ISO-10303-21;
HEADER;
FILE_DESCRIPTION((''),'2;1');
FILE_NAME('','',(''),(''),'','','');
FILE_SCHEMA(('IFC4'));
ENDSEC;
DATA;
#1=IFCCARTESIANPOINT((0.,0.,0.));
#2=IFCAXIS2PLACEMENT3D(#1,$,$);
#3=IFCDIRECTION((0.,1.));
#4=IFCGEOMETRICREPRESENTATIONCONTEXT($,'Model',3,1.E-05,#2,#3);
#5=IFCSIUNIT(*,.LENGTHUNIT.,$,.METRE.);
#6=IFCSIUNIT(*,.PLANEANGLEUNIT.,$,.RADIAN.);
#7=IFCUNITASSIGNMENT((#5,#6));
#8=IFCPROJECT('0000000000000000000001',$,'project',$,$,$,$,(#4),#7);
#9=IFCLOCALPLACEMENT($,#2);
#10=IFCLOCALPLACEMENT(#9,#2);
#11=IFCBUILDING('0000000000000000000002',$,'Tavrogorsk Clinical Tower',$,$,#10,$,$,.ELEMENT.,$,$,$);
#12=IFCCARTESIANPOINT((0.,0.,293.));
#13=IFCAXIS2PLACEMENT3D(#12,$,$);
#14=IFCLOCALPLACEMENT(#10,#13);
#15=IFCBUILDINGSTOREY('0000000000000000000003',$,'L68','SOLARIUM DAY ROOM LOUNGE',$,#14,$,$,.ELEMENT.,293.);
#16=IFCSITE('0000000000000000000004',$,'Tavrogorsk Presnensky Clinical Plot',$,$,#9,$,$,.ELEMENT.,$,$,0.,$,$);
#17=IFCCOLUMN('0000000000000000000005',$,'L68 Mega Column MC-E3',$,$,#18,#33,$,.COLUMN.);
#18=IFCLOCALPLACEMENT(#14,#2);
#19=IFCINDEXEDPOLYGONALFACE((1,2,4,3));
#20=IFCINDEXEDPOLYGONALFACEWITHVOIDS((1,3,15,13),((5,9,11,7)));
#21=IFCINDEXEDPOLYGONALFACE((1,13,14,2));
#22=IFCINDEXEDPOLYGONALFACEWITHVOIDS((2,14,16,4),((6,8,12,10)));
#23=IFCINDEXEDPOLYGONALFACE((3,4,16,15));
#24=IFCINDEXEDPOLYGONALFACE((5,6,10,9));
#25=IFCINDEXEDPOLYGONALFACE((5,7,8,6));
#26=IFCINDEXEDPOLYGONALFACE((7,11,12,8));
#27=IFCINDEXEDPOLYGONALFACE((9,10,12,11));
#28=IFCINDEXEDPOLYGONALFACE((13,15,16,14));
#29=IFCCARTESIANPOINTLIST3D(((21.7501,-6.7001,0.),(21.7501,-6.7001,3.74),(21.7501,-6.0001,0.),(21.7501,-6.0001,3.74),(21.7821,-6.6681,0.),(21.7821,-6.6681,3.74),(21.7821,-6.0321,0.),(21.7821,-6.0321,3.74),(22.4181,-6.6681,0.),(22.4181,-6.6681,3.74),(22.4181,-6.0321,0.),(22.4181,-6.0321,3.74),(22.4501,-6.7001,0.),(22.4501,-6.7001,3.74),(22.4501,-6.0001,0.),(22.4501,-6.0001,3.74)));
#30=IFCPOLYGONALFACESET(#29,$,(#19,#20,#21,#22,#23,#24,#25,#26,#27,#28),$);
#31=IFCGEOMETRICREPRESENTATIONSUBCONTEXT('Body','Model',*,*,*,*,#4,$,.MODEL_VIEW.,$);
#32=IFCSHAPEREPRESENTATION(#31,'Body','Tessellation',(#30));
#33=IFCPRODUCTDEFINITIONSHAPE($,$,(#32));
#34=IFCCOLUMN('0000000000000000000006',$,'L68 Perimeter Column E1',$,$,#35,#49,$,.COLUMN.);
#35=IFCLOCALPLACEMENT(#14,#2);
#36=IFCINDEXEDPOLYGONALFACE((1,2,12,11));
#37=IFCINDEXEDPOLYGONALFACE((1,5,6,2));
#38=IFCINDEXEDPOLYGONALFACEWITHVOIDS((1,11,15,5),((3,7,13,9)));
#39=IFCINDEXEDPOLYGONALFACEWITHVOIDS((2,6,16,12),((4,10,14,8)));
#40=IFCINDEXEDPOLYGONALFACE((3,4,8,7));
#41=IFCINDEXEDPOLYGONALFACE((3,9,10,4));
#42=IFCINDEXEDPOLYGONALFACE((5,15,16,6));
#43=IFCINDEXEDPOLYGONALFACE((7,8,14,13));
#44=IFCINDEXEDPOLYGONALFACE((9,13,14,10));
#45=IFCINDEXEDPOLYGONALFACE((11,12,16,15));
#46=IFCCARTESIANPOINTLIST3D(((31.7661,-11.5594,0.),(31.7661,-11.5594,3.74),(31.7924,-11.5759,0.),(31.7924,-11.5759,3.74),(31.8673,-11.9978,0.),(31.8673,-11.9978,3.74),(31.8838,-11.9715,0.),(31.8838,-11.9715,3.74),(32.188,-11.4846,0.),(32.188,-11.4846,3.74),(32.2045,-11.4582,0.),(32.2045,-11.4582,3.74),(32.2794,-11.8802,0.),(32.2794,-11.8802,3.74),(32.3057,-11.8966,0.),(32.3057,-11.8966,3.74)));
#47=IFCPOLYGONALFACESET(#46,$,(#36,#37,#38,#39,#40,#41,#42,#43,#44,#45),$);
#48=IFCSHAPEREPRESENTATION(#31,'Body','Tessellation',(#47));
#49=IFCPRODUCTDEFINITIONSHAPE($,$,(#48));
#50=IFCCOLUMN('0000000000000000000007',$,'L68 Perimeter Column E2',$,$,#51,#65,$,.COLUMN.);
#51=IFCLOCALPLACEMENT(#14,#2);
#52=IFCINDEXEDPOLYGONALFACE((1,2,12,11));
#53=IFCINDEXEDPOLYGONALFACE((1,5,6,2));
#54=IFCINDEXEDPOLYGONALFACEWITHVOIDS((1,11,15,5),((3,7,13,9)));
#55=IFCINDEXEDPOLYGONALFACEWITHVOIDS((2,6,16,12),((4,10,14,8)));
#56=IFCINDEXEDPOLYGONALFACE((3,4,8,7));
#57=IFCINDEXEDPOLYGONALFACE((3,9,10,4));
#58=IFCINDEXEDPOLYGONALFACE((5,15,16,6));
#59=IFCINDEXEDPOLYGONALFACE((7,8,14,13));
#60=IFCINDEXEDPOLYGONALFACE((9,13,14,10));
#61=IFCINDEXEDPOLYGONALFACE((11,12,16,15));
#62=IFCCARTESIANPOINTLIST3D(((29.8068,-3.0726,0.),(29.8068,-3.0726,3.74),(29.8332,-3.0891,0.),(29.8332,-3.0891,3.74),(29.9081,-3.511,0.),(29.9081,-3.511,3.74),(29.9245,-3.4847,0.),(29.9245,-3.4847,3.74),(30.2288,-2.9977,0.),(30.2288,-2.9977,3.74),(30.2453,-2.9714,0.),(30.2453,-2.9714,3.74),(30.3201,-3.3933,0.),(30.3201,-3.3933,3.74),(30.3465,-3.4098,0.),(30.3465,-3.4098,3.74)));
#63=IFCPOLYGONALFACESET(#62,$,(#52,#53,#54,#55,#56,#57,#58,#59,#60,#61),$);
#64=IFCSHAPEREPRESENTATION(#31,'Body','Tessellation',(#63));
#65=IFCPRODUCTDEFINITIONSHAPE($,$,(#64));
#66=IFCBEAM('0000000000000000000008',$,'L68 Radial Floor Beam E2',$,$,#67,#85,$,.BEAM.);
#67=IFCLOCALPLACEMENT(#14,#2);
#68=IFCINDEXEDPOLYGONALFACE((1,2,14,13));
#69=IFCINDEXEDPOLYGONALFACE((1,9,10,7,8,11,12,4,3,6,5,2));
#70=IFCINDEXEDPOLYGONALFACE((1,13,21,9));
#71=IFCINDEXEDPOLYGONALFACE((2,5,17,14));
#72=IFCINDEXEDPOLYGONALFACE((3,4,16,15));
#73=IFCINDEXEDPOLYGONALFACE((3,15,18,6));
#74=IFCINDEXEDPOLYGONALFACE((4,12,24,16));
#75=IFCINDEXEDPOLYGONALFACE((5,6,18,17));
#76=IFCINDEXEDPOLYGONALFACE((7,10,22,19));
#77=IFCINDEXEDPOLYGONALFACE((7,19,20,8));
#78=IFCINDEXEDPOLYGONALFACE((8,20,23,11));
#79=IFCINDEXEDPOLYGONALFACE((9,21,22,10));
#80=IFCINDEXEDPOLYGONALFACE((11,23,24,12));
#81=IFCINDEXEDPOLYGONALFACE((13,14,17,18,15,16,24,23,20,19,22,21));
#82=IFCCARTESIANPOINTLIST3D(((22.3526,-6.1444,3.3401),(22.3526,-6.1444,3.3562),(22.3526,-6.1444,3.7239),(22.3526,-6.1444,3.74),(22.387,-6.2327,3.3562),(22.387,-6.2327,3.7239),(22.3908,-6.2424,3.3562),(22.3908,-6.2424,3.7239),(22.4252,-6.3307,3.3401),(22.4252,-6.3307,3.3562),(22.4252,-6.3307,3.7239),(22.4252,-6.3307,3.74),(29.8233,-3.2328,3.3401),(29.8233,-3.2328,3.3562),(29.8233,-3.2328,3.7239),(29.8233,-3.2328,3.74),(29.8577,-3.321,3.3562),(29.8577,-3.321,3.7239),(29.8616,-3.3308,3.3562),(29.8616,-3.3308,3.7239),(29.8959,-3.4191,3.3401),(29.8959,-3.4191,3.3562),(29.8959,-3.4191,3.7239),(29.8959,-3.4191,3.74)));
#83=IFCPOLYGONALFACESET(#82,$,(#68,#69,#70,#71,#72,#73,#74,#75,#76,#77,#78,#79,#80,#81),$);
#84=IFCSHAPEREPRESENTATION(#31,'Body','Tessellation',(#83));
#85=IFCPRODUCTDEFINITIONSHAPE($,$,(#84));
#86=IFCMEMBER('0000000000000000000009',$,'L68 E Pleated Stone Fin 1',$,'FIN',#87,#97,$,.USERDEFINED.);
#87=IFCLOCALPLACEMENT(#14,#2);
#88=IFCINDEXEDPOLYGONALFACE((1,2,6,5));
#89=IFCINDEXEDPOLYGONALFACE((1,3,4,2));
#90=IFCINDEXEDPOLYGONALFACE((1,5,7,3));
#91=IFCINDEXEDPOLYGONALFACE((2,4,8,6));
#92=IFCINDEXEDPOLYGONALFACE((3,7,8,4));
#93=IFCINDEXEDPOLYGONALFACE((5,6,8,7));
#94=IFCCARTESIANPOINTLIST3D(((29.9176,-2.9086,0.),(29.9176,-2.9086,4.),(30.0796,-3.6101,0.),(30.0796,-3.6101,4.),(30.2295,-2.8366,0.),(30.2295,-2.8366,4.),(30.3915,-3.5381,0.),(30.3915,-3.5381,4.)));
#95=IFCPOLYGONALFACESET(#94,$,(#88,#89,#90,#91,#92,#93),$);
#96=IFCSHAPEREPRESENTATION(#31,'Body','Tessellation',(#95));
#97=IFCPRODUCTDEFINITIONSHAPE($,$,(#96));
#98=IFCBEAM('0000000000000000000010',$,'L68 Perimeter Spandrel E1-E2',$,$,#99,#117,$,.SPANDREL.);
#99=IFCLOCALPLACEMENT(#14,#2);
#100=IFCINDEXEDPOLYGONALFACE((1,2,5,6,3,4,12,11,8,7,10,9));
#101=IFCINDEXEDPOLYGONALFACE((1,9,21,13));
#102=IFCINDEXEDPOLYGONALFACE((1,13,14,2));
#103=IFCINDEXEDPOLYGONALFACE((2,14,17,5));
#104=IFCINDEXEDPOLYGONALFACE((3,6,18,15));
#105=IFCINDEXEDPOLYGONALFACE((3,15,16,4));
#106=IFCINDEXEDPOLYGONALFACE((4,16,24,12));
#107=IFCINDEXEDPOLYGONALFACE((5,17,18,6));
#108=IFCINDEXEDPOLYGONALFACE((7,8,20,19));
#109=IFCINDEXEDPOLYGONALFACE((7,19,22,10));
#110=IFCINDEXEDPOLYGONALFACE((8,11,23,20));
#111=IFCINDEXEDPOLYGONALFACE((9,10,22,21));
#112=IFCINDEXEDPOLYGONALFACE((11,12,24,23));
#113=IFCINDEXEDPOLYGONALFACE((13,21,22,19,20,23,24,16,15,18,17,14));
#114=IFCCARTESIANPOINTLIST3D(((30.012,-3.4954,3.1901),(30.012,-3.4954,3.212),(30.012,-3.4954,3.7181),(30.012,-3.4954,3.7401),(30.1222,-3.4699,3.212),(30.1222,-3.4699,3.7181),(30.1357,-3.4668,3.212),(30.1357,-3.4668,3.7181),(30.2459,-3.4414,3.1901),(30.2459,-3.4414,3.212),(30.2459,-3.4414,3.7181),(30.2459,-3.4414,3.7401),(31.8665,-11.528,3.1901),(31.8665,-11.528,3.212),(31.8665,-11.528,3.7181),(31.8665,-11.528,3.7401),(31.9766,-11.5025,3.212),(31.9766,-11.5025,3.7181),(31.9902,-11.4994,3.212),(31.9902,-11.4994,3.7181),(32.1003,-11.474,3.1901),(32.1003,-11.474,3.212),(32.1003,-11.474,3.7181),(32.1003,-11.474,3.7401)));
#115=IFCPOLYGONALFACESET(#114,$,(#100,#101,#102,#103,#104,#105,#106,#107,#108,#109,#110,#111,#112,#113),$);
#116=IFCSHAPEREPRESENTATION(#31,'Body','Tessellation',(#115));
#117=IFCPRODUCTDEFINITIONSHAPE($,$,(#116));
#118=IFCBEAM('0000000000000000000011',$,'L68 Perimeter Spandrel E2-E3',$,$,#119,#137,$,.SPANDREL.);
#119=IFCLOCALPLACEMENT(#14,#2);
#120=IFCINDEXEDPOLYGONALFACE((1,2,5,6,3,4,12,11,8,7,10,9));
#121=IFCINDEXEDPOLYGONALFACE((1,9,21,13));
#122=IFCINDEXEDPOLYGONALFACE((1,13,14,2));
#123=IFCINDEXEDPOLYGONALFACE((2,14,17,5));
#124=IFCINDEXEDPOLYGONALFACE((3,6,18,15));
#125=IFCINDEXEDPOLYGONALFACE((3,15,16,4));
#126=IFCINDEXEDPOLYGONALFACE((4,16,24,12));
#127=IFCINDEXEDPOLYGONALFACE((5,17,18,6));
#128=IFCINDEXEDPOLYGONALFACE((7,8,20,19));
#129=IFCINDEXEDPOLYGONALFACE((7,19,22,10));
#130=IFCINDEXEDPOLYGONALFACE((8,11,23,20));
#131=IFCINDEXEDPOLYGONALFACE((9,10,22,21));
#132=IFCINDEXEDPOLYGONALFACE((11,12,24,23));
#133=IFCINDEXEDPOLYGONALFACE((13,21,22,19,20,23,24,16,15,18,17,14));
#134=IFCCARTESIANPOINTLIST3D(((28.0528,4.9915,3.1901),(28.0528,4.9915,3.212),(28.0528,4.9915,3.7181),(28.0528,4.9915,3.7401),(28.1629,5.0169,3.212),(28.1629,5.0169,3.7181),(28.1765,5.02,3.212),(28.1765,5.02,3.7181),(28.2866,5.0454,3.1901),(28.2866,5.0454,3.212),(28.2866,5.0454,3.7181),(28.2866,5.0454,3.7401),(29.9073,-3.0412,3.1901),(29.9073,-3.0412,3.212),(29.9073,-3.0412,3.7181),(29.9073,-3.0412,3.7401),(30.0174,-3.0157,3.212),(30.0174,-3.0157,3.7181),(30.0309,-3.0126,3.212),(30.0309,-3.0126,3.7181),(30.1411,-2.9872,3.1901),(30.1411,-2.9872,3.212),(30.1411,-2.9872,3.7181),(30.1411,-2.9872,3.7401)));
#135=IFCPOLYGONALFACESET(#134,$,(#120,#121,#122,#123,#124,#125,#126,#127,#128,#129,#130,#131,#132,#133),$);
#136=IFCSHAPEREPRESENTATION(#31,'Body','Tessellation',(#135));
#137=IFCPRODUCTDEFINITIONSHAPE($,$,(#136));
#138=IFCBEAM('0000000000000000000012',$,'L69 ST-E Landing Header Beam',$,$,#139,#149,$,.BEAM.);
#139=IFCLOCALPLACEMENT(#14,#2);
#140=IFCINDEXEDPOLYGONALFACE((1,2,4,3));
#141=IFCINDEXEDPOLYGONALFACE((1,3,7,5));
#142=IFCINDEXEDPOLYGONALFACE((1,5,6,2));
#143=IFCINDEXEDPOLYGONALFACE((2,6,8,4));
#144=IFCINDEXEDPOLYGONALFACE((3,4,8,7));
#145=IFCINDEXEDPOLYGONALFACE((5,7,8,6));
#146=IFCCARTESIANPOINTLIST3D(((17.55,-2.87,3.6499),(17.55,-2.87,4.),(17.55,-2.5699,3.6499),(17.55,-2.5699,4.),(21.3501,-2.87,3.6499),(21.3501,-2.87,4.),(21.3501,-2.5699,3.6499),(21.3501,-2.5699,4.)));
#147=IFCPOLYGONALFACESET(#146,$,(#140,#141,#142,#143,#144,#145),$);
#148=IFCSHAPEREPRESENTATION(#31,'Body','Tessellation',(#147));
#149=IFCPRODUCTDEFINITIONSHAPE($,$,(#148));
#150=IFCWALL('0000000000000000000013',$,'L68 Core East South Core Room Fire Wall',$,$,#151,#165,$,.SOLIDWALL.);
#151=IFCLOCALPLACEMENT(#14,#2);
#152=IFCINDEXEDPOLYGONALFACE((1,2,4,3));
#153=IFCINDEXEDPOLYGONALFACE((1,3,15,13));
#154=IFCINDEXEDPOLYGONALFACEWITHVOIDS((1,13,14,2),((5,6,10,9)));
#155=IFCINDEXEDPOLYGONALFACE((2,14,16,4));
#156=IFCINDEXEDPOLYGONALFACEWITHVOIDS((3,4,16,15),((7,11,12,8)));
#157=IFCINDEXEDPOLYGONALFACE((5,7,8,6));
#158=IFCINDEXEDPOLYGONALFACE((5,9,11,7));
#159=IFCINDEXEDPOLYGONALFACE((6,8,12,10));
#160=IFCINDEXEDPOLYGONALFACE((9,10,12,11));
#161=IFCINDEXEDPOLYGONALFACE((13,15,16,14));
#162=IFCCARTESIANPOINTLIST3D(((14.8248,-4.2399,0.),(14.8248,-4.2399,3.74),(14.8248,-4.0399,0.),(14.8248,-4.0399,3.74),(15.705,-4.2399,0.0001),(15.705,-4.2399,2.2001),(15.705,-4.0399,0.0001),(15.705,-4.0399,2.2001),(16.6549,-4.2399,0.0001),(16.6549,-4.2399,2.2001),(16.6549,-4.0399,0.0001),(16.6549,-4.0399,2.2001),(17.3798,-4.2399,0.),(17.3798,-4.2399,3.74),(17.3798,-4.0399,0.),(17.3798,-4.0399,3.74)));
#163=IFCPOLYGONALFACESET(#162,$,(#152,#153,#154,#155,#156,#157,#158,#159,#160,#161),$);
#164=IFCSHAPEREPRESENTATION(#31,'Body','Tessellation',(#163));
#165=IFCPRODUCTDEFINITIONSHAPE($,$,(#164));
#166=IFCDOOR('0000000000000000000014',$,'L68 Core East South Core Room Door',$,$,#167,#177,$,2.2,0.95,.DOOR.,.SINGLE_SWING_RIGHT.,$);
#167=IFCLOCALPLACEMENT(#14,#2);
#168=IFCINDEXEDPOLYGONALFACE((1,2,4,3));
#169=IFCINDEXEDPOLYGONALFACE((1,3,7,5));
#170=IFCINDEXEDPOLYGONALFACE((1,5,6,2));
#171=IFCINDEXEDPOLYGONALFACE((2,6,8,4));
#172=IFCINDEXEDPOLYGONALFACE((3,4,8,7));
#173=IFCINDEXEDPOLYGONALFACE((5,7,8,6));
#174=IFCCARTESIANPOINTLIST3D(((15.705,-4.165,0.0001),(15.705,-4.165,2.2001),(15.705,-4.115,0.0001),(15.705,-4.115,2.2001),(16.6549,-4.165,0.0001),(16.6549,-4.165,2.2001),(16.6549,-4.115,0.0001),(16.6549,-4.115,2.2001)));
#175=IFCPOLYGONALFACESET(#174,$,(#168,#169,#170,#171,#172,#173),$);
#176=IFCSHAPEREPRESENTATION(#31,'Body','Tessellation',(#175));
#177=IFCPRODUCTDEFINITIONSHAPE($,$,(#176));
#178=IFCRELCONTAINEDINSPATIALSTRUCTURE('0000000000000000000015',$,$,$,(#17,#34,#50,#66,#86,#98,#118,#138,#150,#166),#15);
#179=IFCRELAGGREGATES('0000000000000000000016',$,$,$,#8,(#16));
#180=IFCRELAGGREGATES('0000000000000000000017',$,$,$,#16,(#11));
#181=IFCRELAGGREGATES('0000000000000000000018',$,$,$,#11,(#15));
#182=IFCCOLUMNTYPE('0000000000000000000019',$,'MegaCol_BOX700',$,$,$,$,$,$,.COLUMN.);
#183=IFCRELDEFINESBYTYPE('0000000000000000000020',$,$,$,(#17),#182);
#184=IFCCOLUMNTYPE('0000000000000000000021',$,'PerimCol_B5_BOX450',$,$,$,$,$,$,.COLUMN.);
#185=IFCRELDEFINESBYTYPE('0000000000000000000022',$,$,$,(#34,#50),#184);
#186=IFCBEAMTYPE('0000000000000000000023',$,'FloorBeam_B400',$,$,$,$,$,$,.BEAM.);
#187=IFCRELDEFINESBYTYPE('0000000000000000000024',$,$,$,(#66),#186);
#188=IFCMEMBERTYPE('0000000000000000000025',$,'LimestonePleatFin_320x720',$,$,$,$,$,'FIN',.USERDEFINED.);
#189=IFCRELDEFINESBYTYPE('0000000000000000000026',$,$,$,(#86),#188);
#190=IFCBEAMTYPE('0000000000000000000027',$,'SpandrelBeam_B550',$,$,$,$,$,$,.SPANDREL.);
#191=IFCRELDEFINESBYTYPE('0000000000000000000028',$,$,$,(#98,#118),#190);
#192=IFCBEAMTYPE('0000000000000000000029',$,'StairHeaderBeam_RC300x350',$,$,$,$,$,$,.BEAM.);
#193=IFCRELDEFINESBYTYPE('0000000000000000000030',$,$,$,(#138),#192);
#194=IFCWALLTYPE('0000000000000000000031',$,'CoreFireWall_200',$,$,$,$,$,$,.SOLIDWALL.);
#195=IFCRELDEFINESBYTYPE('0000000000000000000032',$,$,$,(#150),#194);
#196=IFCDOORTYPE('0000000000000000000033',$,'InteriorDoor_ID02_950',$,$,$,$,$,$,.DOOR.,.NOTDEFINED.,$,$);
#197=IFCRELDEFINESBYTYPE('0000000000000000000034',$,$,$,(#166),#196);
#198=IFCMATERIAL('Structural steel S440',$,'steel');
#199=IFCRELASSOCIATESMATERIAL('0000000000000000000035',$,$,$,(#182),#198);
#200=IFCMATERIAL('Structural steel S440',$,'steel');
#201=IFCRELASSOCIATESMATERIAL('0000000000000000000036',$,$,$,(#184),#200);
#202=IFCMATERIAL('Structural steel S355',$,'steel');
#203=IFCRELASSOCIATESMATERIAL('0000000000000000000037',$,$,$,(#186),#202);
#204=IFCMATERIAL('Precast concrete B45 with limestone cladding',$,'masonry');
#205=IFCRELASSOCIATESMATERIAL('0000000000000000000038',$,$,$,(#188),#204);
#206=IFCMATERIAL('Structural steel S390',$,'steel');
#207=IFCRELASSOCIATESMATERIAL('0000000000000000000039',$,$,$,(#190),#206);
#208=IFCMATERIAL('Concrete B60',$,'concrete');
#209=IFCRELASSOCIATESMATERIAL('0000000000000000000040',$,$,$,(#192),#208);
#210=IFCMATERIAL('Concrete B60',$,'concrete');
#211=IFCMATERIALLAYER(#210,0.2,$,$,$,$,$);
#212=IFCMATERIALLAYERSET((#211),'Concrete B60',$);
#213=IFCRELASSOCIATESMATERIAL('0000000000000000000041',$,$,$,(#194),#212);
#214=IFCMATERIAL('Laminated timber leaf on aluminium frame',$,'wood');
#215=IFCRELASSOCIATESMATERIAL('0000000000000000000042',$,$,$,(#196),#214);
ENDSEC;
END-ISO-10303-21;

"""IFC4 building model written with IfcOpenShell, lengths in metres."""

from ifc_helpers import new_model, si_unit, direction, frame, frame_2d, origin, origin_2d, place, context, subcontext, project, spatial, rectangle, hollow_rectangle, i_section, extrude, material, layer, layer_set, material_profile, profile_set, type_object, element, fill, save


model = new_model("IFC4")

# Units and contexts
model_context = context("Model", 3, precision=1e-05, world=origin(), true_north=direction((0.0, 1.0)))
body_context = subcontext(model_context, "Body", "Model", "MODEL_VIEW")
ifc_project = project(units=[si_unit("LENGTHUNIT", "METRE"), si_unit("PLANEANGLEUNIT", "RADIAN")], contexts=[model_context])

# Site, building, storey
site_placement = place(None, origin())
site = spatial("IfcSite", under=ifc_project, at=site_placement, Name="Tavrogorsk Presnensky Clinical Plot", CompositionType="ELEMENT", RefElevation=0.0)
building_placement = place(site_placement, origin())
building = spatial("IfcBuilding", under=site, at=building_placement, Name="Tavrogorsk Clinical Tower", CompositionType="ELEMENT")
storey_placement = place(building_placement, frame((0.0, 0.0, 293.0)))
storey = spatial("IfcBuildingStorey", under=building, at=storey_placement, Name="L68", Description="SOLARIUM DAY ROOM LOUNGE", CompositionType="ELEMENT", Elevation=293.0)

# Columns
ifc_material_1 = material(Name="Structural steel S440", Category="steel")
ifc_material_profile_1 = material_profile(ifc_material_1, hollow_rectangle(XDim=0.7, YDim=0.7, WallThickness=0.032, at=origin_2d()), Name="BOX-700x700x32")
ifc_profile_set_1 = profile_set([ifc_material_profile_1], Name="Structural steel S440")
column_type_1 = type_object("IfcColumnType", Name="MegaCol_BOX700", PredefinedType="COLUMN", material=ifc_profile_set_1)
column_placement = place(storey_placement, frame((22.1001, -6.3501, 0.0), z_axis=(0.0, 0.0, 1.0), x_axis=(1.0, 0.0, 0.0)))
element("IfcColumn", 1, at=column_placement, inside=storey, type_object=column_type_1, Name="L68 Mega Column MC-E3", PredefinedType="COLUMN", context=body_context, shape_type="SweptSolid", body=[
    extrude(hollow_rectangle(XDim=0.7, YDim=0.7, WallThickness=0.032, at=origin_2d()), origin(), (0.0, 0.0, 1.0), 3.74),
])
ifc_material_2 = material(Name="Structural steel S440", Category="steel")
ifc_material_profile_2 = material_profile(ifc_material_2, hollow_rectangle(XDim=0.45, YDim=0.45, WallThickness=0.022, at=origin_2d()), Name="BOX-450x450x22")
ifc_profile_set_2 = profile_set([ifc_material_profile_2], Name="Structural steel S440")
column_type_2 = type_object("IfcColumnType", Name="PerimCol_B5_BOX450", PredefinedType="COLUMN", material=ifc_profile_set_2)
for number, where, z_axis, x_axis, name in (
    (2, (32.0359, -11.728, 0.0), (0.0, 0.0, 1.0), (0.97437, 0.224951, 0.0), "L68 Perimeter Column E1"),
    (3, (30.0767, -3.2412, 0.0), (0.0, 0.0, 1.0), (0.97437, 0.224951, 0.0), "L68 Perimeter Column E2"),
):
    element("IfcColumn", number, at=place(storey_placement, frame(where, z_axis=z_axis, x_axis=x_axis)), inside=storey, type_object=column_type_2, Name=name, PredefinedType="COLUMN", context=body_context, shape_type="SweptSolid", body=[
        extrude(hollow_rectangle(XDim=0.45, YDim=0.45, WallThickness=0.022, at=origin_2d()), origin(), (0.0, 0.0, 1.0), 3.74),
    ])

# Beam
ifc_material_3 = material(Name="Structural steel S355", Category="steel")
ifc_material_profile_3 = material_profile(ifc_material_3, i_section(OverallWidth=0.2, OverallDepth=0.3999, WebThickness=0.0105, FlangeThickness=0.0161, at=origin_2d()), Name="B-400x200x10.5x16")
ifc_profile_set_3 = profile_set([ifc_material_profile_3], Name="Structural steel S355")
beam_type_1 = type_object("IfcBeamType", Name="FloorBeam_B400", PredefinedType="BEAM", material=ifc_profile_set_3)
beam_1_placement = place(storey_placement, frame((22.3889, -6.2375, 3.54), z_axis=(0.931737, 0.363134, 0.0), x_axis=(-0.363134, 0.931737, 0.0)))
element("IfcBeam", 4, at=beam_1_placement, inside=storey, type_object=beam_type_1, Name="L68 Radial Floor Beam E2", PredefinedType="BEAM", context=body_context, shape_type="SweptSolid", body=[
    extrude(i_section(OverallWidth=0.2, OverallDepth=0.3999, WebThickness=0.0105, FlangeThickness=0.0161, at=origin_2d()), origin(), (0.0, 0.0, 1.0), 8.0181),
])

# Member
ifc_material_4 = material(Name="Precast concrete B45 with limestone cladding", Category="masonry")
ifc_material_profile_4 = material_profile(ifc_material_4, rectangle(XDim=0.3201, YDim=0.72, at=origin_2d()), Name="LIMESTONE-FIN-320x720")
ifc_profile_set_4 = profile_set([ifc_material_profile_4], Name="Precast concrete B45 with limestone cladding")
member_type = type_object("IfcMemberType", Name="LimestonePleatFin_320x720", ElementType="FIN", PredefinedType="USERDEFINED", material=ifc_profile_set_4)
member_placement = place(storey_placement, frame((30.1545, -3.2234, 0.0), z_axis=(0.0, 0.0, 1.0), x_axis=(0.97437, 0.224951, 0.0)))
element("IfcMember", 5, at=member_placement, inside=storey, type_object=member_type, Name="L68 E Pleated Stone Fin 1", ObjectType="FIN", PredefinedType="USERDEFINED", context=body_context, shape_type="SweptSolid", body=[
    extrude(rectangle(XDim=0.3201, YDim=0.72, at=origin_2d()), origin(), (0.0, 0.0, 1.0), 4.0),
])

# Beams
ifc_material_5 = material(Name="Structural steel S390", Category="steel")
ifc_material_profile_5 = material_profile(ifc_material_5, i_section(OverallWidth=0.24, OverallDepth=0.55, WebThickness=0.0139, FlangeThickness=0.022, at=origin_2d()), Name="B-550x240x14x22")
ifc_profile_set_5 = profile_set([ifc_material_profile_5], Name="Structural steel S390")
beam_type_2 = type_object("IfcBeamType", Name="SpandrelBeam_B550", PredefinedType="SPANDREL", material=ifc_profile_set_5)
for number, where, z_axis, x_axis, name in (
    (6, (31.9834, -11.501, 3.4651), (-0.22495, 0.97437, 0.0), (-0.97437, -0.22495, 0.0), "L68 Perimeter Spandrel E1-E2"),
    (7, (30.0242, -3.0142, 3.4651), (-0.22495, 0.97437, 0.0), (-0.97437, -0.22495, 0.0), "L68 Perimeter Spandrel E2-E3"),
):
    element("IfcBeam", number, at=place(storey_placement, frame(where, z_axis=z_axis, x_axis=x_axis)), inside=storey, type_object=beam_type_2, Name=name, PredefinedType="SPANDREL", context=body_context, shape_type="SweptSolid", body=[
        extrude(i_section(OverallWidth=0.24, OverallDepth=0.55, WebThickness=0.0139, FlangeThickness=0.022, at=origin_2d()), origin(), (0.0, 0.0, 1.0), 8.2439),
    ])
ifc_material_6 = material(Name="Concrete B60", Category="concrete")
ifc_material_profile_6 = material_profile(ifc_material_6, rectangle(XDim=0.3, YDim=0.3501, at=origin_2d()), Name="RC-SHB-300x350")
ifc_profile_set_6 = profile_set([ifc_material_profile_6], Name="Concrete B60")
beam_type_3 = type_object("IfcBeamType", Name="StairHeaderBeam_RC300x350", PredefinedType="BEAM", material=ifc_profile_set_6)
beam_2_placement = place(storey_placement, frame((17.55, -2.72, 3.825), z_axis=(1.0, 0.0, 0.0), x_axis=(0.0, 1.0, 0.0)))
element("IfcBeam", 8, at=beam_2_placement, inside=storey, type_object=beam_type_3, Name="L69 ST-E Landing Header Beam", PredefinedType="BEAM", context=body_context, shape_type="SweptSolid", body=[
    extrude(rectangle(XDim=0.3, YDim=0.3501, at=origin_2d()), origin(), (0.0, 0.0, 1.0), 3.8),
])

# Wall, opening, door
ifc_material_7 = material(Name="Concrete B60", Category="concrete")
ifc_layer_1 = layer(ifc_material_7, 0.2)
ifc_layer_set_1 = layer_set([ifc_layer_1], Name="Concrete B60")
wall_type_1 = type_object("IfcWallType", Name="CoreFireWall_200", PredefinedType="SOLIDWALL", material=ifc_layer_set_1)
wall_1_placement = place(storey_placement, frame((14.825, -4.1399, 0.0), z_axis=(0.0, 0.0, 1.0), x_axis=(1.0, 0.0, 0.0)))
wall_1 = element("IfcWall", 9, at=wall_1_placement, inside=storey, type_object=wall_type_1, Name="L68 Core East South Core Room Fire Wall", PredefinedType="SOLIDWALL", context=body_context, shape_type="SweptSolid", body=[
    extrude(rectangle(XDim=2.5549, YDim=0.2, at=frame_2d((1.2773, 0.0))), origin(), (0.0, 0.0, 1.0), 3.74),
])
opening_1_placement = place(wall_1_placement, frame((0.8799, 0.0, 0.0)))
opening_1 = element("IfcOpeningElement", 10, at=opening_1_placement, cuts=wall_1, PredefinedType="OPENING", context=body_context, shape_type="SweptSolid", body=[
    extrude(rectangle(XDim=0.95, YDim=2.2, at=frame_2d((0.4751, 1.1001))), frame((0.0, 0.1099, 0.0), z_axis=(0.0, -1.0, 0.0), x_axis=(1.0, 0.0, 0.0)), (0.0, 0.0, 1.0), 0.22),
])
ifc_material_8 = material(Name="Laminated timber leaf on aluminium frame", Category="wood")
door_type_1 = type_object("IfcDoorType", Name="InteriorDoor_ID02_950", OperationType="NOTDEFINED", PredefinedType="DOOR", material=ifc_material_8)
door_1_placement = place(opening_1_placement, origin())
door_1 = element("IfcDoor", 11, at=door_1_placement, inside=storey, type_object=door_type_1, Name="L68 Core East South Core Room Door", OperationType="SINGLE_SWING_RIGHT", OverallHeight=2.2, OverallWidth=0.95, PredefinedType="DOOR", context=body_context, shape_type="SweptSolid", body=[
    extrude(rectangle(XDim=0.95, YDim=2.2, at=frame_2d((0.4751, 1.1001))), frame((0.0, 0.0249, 0.0), z_axis=(0.0, -1.0, 0.0), x_axis=(1.0, 0.0, 0.0)), (0.0, 0.0, 1.0), 0.05),
])
fill(opening_1, door_1)

save(model, "model.ifc")
